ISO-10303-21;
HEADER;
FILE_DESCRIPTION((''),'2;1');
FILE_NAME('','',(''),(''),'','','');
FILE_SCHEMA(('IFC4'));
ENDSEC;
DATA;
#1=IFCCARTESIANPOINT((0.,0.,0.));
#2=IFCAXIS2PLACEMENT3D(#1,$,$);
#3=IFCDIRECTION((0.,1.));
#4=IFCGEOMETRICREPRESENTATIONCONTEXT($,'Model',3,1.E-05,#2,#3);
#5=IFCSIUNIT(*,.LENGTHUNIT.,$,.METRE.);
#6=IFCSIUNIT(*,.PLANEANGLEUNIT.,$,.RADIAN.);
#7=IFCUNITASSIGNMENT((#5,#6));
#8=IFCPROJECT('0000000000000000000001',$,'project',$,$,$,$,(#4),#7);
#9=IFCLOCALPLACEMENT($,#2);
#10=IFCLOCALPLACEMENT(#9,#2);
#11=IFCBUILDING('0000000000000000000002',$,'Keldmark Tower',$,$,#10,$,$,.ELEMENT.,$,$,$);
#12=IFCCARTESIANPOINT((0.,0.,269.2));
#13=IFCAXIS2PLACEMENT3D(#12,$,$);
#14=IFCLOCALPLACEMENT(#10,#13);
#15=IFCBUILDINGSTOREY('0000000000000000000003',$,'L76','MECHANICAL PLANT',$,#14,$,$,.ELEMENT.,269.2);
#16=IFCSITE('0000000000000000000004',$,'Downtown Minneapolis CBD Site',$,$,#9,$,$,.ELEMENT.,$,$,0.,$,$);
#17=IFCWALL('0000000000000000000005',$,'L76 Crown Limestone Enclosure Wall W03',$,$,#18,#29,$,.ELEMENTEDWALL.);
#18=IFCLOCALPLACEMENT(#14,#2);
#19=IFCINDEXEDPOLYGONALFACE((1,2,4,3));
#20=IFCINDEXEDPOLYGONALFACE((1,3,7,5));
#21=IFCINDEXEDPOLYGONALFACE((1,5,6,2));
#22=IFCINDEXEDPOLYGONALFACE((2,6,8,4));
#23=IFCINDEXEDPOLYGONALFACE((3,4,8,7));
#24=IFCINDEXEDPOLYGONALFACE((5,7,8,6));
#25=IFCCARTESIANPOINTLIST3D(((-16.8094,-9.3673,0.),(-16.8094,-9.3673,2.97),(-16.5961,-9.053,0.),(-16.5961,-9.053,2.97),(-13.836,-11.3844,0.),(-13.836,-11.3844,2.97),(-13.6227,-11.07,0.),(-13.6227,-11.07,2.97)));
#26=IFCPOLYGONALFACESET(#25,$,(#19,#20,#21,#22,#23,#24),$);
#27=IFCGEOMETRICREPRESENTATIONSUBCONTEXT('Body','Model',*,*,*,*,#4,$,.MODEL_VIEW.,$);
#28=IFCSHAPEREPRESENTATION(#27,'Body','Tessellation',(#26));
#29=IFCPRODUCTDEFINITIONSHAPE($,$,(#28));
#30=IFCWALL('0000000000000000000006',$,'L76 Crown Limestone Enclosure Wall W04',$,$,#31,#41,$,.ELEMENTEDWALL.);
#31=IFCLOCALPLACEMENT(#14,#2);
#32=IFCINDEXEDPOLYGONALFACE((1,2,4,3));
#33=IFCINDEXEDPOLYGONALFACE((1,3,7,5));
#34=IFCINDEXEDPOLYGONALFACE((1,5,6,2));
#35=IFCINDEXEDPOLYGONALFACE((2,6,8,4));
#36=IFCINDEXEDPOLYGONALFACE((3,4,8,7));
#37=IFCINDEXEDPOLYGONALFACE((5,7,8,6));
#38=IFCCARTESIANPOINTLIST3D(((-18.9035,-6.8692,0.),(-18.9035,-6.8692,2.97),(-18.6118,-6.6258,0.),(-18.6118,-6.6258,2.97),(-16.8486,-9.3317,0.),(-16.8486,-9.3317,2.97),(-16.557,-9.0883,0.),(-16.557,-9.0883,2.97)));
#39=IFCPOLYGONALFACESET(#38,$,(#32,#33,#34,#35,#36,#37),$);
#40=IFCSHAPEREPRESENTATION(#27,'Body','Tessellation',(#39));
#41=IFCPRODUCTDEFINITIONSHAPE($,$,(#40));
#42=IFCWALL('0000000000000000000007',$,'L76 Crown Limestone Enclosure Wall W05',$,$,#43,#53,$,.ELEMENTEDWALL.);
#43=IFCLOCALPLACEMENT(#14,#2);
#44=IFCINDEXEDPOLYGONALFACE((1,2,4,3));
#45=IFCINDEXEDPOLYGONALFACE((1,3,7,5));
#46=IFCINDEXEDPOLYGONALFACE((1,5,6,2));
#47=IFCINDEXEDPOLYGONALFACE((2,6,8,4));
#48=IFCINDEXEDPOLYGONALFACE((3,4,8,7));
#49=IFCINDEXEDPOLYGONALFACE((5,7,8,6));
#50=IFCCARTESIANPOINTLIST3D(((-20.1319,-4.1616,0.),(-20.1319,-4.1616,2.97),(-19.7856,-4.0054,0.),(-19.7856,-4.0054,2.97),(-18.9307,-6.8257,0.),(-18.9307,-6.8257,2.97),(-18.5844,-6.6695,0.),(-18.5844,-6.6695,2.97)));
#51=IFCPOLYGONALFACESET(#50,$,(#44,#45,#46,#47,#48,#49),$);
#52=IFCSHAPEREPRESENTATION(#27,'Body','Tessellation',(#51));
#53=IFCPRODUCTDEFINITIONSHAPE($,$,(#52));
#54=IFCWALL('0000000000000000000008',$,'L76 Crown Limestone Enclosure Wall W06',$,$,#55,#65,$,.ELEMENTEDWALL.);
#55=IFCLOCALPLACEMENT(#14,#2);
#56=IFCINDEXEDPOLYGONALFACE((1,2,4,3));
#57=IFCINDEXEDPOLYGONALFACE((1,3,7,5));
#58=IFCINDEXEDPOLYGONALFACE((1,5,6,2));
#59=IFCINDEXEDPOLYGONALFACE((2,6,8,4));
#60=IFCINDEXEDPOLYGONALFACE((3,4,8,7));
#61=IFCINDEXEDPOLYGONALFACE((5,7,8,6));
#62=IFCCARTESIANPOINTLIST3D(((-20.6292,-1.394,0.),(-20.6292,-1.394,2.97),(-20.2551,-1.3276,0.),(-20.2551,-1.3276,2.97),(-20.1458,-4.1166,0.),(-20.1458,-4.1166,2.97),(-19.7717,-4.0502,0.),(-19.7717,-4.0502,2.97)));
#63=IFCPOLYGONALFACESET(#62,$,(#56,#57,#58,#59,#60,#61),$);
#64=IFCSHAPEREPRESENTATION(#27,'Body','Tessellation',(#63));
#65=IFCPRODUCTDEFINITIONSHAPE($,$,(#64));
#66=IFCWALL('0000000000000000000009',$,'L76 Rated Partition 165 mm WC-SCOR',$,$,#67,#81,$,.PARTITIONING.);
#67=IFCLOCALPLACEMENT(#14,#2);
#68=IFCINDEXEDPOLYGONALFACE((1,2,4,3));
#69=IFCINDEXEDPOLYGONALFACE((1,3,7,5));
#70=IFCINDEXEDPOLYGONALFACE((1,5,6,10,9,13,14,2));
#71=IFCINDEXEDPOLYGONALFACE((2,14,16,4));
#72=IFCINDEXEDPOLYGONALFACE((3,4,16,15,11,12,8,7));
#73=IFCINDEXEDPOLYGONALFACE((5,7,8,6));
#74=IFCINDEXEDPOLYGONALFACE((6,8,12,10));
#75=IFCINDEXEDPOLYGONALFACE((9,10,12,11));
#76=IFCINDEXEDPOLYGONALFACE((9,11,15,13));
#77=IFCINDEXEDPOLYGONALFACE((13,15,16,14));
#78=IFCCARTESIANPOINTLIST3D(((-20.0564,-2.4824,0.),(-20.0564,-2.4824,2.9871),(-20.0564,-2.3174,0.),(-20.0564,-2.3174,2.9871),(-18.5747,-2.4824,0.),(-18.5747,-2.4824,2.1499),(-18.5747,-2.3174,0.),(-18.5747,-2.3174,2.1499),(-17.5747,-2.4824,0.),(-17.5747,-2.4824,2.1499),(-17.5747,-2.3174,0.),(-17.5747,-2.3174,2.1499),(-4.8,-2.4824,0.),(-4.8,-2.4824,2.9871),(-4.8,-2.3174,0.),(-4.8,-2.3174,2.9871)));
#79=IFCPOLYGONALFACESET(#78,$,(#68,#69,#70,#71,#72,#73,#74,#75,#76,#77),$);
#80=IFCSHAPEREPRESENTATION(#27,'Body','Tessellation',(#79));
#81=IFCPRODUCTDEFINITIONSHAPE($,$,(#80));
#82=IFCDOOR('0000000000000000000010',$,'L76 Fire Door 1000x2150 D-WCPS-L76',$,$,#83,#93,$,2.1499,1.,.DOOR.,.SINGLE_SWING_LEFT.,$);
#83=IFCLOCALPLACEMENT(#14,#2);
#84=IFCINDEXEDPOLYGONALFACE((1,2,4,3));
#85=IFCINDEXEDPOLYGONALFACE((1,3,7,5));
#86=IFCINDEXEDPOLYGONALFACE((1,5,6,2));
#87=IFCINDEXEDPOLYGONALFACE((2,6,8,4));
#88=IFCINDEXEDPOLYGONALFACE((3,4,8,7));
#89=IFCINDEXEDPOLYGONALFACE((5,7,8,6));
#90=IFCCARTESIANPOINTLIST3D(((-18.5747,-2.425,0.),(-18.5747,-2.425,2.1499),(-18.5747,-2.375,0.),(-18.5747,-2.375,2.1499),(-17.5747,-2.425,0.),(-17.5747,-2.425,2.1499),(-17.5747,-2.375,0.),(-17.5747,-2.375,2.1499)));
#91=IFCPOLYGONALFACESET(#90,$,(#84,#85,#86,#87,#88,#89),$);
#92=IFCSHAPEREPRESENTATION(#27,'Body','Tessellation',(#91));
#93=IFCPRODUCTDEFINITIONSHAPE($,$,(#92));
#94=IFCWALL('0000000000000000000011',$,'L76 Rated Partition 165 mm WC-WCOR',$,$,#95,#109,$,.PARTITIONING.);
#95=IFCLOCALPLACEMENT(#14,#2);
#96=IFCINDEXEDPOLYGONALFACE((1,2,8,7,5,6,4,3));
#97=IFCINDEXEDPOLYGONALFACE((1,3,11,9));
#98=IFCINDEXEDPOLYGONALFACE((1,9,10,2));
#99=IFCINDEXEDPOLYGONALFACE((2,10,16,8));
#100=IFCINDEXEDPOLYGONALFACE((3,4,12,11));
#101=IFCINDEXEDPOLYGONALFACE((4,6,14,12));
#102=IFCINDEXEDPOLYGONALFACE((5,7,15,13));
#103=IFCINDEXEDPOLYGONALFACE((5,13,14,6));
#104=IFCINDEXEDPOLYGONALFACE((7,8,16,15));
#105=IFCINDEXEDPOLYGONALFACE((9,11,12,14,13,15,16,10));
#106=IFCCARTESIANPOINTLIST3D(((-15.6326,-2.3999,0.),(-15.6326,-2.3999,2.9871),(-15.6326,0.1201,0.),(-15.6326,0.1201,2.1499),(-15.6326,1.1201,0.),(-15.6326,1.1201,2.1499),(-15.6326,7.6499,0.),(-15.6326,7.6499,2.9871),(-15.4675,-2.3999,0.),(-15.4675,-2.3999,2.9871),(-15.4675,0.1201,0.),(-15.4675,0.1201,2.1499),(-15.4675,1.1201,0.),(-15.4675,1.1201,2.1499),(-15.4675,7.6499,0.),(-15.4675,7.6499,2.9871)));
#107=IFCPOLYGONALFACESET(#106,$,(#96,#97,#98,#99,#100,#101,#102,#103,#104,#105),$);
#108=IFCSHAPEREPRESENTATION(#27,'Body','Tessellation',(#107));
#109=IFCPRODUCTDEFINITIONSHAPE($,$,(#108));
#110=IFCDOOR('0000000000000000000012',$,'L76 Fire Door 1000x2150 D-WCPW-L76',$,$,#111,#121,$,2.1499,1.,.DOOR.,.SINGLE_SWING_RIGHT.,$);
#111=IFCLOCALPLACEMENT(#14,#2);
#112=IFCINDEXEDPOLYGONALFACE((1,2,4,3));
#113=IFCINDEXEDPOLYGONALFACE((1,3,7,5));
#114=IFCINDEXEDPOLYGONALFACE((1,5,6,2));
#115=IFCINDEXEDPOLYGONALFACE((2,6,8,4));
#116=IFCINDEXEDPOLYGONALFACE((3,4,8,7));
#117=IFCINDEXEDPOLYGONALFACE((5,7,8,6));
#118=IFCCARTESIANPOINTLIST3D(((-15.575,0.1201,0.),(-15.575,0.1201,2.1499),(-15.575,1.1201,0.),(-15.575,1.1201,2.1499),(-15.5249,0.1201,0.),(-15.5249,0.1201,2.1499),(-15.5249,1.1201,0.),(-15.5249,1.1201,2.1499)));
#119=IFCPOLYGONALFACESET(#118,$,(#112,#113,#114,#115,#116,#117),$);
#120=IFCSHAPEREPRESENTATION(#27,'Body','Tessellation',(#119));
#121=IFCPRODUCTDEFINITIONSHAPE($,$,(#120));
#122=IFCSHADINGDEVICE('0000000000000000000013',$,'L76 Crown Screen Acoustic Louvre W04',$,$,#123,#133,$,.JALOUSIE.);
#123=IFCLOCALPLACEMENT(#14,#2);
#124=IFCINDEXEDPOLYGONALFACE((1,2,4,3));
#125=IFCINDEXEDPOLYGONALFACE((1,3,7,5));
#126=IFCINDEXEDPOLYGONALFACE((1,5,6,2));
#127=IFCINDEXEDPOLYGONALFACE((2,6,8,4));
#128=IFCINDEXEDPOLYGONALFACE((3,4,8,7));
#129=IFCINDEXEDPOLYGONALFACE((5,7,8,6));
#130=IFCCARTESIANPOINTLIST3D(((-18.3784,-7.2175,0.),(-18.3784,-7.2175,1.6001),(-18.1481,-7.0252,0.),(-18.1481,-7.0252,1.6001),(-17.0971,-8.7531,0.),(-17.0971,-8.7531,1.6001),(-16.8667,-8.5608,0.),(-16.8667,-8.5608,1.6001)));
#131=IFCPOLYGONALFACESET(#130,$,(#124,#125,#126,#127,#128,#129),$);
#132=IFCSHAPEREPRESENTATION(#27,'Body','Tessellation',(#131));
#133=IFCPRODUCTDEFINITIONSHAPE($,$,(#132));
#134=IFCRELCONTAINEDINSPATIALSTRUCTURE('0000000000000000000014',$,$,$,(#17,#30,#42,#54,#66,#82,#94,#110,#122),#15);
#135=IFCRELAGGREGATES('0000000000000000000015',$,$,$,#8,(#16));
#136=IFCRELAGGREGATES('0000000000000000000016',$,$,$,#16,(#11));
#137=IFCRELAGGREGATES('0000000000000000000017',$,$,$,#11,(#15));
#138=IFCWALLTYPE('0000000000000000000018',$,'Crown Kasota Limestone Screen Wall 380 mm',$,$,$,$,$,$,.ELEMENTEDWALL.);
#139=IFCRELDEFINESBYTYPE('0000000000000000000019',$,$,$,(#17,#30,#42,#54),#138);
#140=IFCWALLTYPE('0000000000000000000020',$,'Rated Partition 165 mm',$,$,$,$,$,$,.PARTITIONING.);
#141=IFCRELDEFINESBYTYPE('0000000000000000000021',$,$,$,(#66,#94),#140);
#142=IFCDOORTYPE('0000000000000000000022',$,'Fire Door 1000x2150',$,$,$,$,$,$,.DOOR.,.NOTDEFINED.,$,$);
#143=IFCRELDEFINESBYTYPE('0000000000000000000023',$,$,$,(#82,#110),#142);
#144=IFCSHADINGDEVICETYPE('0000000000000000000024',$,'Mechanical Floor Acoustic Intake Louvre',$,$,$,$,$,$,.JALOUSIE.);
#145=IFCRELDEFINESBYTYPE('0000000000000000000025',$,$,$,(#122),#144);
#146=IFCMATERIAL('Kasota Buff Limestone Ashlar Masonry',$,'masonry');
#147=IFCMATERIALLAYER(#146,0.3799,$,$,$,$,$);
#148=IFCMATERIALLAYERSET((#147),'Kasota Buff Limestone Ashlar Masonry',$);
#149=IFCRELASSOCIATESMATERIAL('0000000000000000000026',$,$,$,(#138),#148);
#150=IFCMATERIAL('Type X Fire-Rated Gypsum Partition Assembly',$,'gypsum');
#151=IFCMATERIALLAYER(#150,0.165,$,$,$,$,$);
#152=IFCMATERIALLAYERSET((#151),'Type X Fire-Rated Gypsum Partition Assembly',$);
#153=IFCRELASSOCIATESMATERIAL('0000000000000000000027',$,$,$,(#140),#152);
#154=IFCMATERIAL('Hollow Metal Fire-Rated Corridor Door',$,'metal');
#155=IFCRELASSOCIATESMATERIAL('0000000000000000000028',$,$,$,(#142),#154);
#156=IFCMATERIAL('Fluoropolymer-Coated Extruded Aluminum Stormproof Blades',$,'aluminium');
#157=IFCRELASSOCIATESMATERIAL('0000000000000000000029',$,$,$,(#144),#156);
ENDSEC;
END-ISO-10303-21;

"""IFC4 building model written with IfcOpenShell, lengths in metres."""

from ifc_helpers import new_model, si_unit, direction, frame, frame_2d, origin, origin_2d, place, context, subcontext, project, spatial, rectangle, extrude, material, layer, layer_set, type_object, element, fill, save


model = new_model("IFC4")

# Units and contexts
model_context = context("Model", 3, precision=1e-05, world=origin(), true_north=direction((0.0, 1.0)))
body_context = subcontext(model_context, "Body", "Model", "MODEL_VIEW")
ifc_project = project(units=[si_unit("LENGTHUNIT", "METRE"), si_unit("PLANEANGLEUNIT", "RADIAN")], contexts=[model_context])

# Site, building, storey
site_placement = place(None, origin())
site = spatial("IfcSite", under=ifc_project, at=site_placement, Name="Downtown Minneapolis CBD Site", CompositionType="ELEMENT", RefElevation=0.0)
building_placement = place(site_placement, origin())
building = spatial("IfcBuilding", under=site, at=building_placement, Name="Keldmark Tower", CompositionType="ELEMENT")
storey_placement = place(building_placement, frame((0.0, 0.0, 269.2)))
storey = spatial("IfcBuildingStorey", under=building, at=storey_placement, Name="L76", Description="MECHANICAL PLANT", CompositionType="ELEMENT", Elevation=269.2)

# Walls
ifc_material_1 = material(Name="Kasota Buff Limestone Ashlar Masonry", Category="masonry")
ifc_layer_1 = layer(ifc_material_1, 0.3799)
ifc_layer_set_1 = layer_set([ifc_layer_1], Name="Kasota Buff Limestone Ashlar Masonry")
wall_type_1 = type_object("IfcWallType", Name="Crown Kasota Limestone Screen Wall 380 mm", PredefinedType="ELEMENTEDWALL", material=ifc_layer_set_1)
wall_1_placement = place(storey_placement, frame((-16.7026, -9.2102, 0.0), z_axis=(0.0, 0.0, 1.0), x_axis=(0.827549, -0.561393, 0.0)))
element("IfcWall", 1, at=wall_1_placement, inside=storey, type_object=wall_type_1, Name="L76 Crown Limestone Enclosure Wall W03", PredefinedType="ELEMENTEDWALL", context=body_context, shape_type="SweptSolid", body=[
    extrude(rectangle(XDim=3.593, YDim=0.3799, at=frame_2d((1.7964, 0.0))), origin(), (0.0, 0.0, 1.0), 2.97),
])
wall_2_placement = place(storey_placement, frame((-18.7576, -6.7476, 0.0), z_axis=(0.0, 0.0, 1.0), x_axis=(0.640686, -0.767803, 0.0)))
element("IfcWall", 2, at=wall_2_placement, inside=storey, type_object=wall_type_1, Name="L76 Crown Limestone Enclosure Wall W04", PredefinedType="ELEMENTEDWALL", context=body_context, shape_type="SweptSolid", body=[
    extrude(rectangle(XDim=3.2073, YDim=0.3799, at=frame_2d((1.6035, 0.0))), origin(), (0.0, 0.0, 1.0), 2.97),
])
wall_3_placement = place(storey_placement, frame((-19.9587, -4.0835, 0.0), z_axis=(0.0, 0.0, 1.0), x_axis=(0.411032, -0.911621, 0.0)))
element("IfcWall", 3, at=wall_3_placement, inside=storey, type_object=wall_type_1, Name="L76 Crown Limestone Enclosure Wall W05", PredefinedType="ELEMENTEDWALL", context=body_context, shape_type="SweptSolid", body=[
    extrude(rectangle(XDim=2.9224, YDim=0.3799, at=frame_2d((1.4612, 0.0))), origin(), (0.0, 0.0, 1.0), 2.97),
])
wall_4_placement = place(storey_placement, frame((-20.4421, -1.3608, 0.0), z_axis=(0.0, 0.0, 1.0), x_axis=(0.174813, -0.984602, 0.0)))
element("IfcWall", 4, at=wall_4_placement, inside=storey, type_object=wall_type_1, Name="L76 Crown Limestone Enclosure Wall W06", PredefinedType="ELEMENTEDWALL", context=body_context, shape_type="SweptSolid", body=[
    extrude(rectangle(XDim=2.7651, YDim=0.3799, at=frame_2d((1.3826, 0.0))), origin(), (0.0, 0.0, 1.0), 2.97),
])

# Walls, openings, doors
ifc_material_2 = material(Name="Type X Fire-Rated Gypsum Partition Assembly", Category="gypsum")
ifc_layer_2 = layer(ifc_material_2, 0.165)
ifc_layer_set_2 = layer_set([ifc_layer_2], Name="Type X Fire-Rated Gypsum Partition Assembly")
wall_type_2 = type_object("IfcWallType", Name="Rated Partition 165 mm", PredefinedType="PARTITIONING", material=ifc_layer_set_2)
wall_5_placement = place(storey_placement, frame((-20.0564, -2.3999, 0.0), z_axis=(0.0, 0.0, 1.0), x_axis=(1.0, 0.0, 0.0)))
wall_5 = element("IfcWall", 5, at=wall_5_placement, inside=storey, type_object=wall_type_2, Name="L76 Rated Partition 165 mm WC-SCOR", PredefinedType="PARTITIONING", context=body_context, shape_type="SweptSolid", body=[
    extrude(rectangle(XDim=15.2563, YDim=0.165, at=frame_2d((7.6282, 0.0))), origin(), (0.0, 0.0, 1.0), 2.9871),
])
opening_1_placement = place(wall_5_placement, frame((1.4817, 0.0, 0.0)))
opening_1 = element("IfcOpeningElement", 6, at=opening_1_placement, cuts=wall_5, PredefinedType="OPENING", context=body_context, shape_type="SweptSolid", body=[
    extrude(rectangle(XDim=1.0, YDim=2.1499, at=frame_2d((0.5, 1.075))), frame((0.0, 0.0925, 0.0), z_axis=(0.0, -1.0, 0.0), x_axis=(1.0, 0.0, 0.0)), (0.0, 0.0, 1.0), 0.1851),
])
ifc_material_3 = material(Name="Hollow Metal Fire-Rated Corridor Door", Category="metal")
door_type = type_object("IfcDoorType", Name="Fire Door 1000x2150", OperationType="NOTDEFINED", PredefinedType="DOOR", material=ifc_material_3)
door_1_placement = place(opening_1_placement, origin())
door_1 = element("IfcDoor", 7, at=door_1_placement, inside=storey, type_object=door_type, Name="L76 Fire Door 1000x2150 D-WCPS-L76", OperationType="SINGLE_SWING_LEFT", OverallHeight=2.1499, OverallWidth=1.0, PredefinedType="DOOR", context=body_context, shape_type="SweptSolid", body=[
    extrude(rectangle(XDim=1.0, YDim=2.1499, at=frame_2d((0.5, 1.075))), frame((0.0, 0.0249, 0.0), z_axis=(0.0, -1.0, 0.0), x_axis=(1.0, 0.0, 0.0)), (0.0, 0.0, 1.0), 0.05),
])
fill(opening_1, door_1)
wall_6_placement = place(storey_placement, frame((-15.55, -2.3999, 0.0), z_axis=(0.0, 0.0, 1.0), x_axis=(0.0, 1.0, 0.0)))
wall_6 = element("IfcWall", 8, at=wall_6_placement, inside=storey, type_object=wall_type_2, Name="L76 Rated Partition 165 mm WC-WCOR", PredefinedType="PARTITIONING", context=body_context, shape_type="SweptSolid", body=[
    extrude(rectangle(XDim=10.0498, YDim=0.165, at=frame_2d((5.0249, 0.0))), origin(), (0.0, 0.0, 1.0), 2.9871),
])
opening_2_placement = place(wall_6_placement, frame((2.52, 0.0, 0.0)))
opening_2 = element("IfcOpeningElement", 9, at=opening_2_placement, cuts=wall_6, PredefinedType="OPENING", context=body_context, shape_type="SweptSolid", body=[
    extrude(rectangle(XDim=1.0, YDim=2.1499, at=frame_2d((0.5, 1.075))), frame((0.0, 0.0925, 0.0), z_axis=(0.0, -1.0, 0.0), x_axis=(1.0, 0.0, 0.0)), (0.0, 0.0, 1.0), 0.1851),
])
door_2_placement = place(opening_2_placement, origin())
door_2 = element("IfcDoor", 10, at=door_2_placement, inside=storey, type_object=door_type, Name="L76 Fire Door 1000x2150 D-WCPW-L76", OperationType="SINGLE_SWING_RIGHT", OverallHeight=2.1499, OverallWidth=1.0, PredefinedType="DOOR", context=body_context, shape_type="SweptSolid", body=[
    extrude(rectangle(XDim=1.0, YDim=2.1499, at=frame_2d((0.5, 1.075))), frame((0.0, 0.0249, 0.0), z_axis=(0.0, -1.0, 0.0), x_axis=(1.0, 0.0, 0.0)), (0.0, 0.0, 1.0), 0.05),
])
fill(opening_2, door_2)

# Shading device
ifc_material_4 = material(Name="Fluoropolymer-Coated Extruded Aluminum Stormproof Blades", Category="aluminium")
shading_device_type = type_object("IfcShadingDeviceType", Name="Mechanical Floor Acoustic Intake Louvre", PredefinedType="JALOUSIE", material=ifc_material_4)
shading_device_placement = place(storey_placement, frame((-17.6226, -7.8892, 0.0), z_axis=(0.0, 0.0, 1.0), x_axis=(0.640686, -0.767803, 0.0)))
element("IfcShadingDevice", 11, at=shading_device_placement, inside=storey, type_object=shading_device_type, Name="L76 Crown Screen Acoustic Louvre W04", PredefinedType="JALOUSIE", context=body_context, shape_type="SweptSolid", body=[
    extrude(rectangle(XDim=2.0, YDim=0.3, at=origin_2d()), origin(), (0.0, 0.0, 1.0), 1.6001),
])

save(model, "model.ifc")
